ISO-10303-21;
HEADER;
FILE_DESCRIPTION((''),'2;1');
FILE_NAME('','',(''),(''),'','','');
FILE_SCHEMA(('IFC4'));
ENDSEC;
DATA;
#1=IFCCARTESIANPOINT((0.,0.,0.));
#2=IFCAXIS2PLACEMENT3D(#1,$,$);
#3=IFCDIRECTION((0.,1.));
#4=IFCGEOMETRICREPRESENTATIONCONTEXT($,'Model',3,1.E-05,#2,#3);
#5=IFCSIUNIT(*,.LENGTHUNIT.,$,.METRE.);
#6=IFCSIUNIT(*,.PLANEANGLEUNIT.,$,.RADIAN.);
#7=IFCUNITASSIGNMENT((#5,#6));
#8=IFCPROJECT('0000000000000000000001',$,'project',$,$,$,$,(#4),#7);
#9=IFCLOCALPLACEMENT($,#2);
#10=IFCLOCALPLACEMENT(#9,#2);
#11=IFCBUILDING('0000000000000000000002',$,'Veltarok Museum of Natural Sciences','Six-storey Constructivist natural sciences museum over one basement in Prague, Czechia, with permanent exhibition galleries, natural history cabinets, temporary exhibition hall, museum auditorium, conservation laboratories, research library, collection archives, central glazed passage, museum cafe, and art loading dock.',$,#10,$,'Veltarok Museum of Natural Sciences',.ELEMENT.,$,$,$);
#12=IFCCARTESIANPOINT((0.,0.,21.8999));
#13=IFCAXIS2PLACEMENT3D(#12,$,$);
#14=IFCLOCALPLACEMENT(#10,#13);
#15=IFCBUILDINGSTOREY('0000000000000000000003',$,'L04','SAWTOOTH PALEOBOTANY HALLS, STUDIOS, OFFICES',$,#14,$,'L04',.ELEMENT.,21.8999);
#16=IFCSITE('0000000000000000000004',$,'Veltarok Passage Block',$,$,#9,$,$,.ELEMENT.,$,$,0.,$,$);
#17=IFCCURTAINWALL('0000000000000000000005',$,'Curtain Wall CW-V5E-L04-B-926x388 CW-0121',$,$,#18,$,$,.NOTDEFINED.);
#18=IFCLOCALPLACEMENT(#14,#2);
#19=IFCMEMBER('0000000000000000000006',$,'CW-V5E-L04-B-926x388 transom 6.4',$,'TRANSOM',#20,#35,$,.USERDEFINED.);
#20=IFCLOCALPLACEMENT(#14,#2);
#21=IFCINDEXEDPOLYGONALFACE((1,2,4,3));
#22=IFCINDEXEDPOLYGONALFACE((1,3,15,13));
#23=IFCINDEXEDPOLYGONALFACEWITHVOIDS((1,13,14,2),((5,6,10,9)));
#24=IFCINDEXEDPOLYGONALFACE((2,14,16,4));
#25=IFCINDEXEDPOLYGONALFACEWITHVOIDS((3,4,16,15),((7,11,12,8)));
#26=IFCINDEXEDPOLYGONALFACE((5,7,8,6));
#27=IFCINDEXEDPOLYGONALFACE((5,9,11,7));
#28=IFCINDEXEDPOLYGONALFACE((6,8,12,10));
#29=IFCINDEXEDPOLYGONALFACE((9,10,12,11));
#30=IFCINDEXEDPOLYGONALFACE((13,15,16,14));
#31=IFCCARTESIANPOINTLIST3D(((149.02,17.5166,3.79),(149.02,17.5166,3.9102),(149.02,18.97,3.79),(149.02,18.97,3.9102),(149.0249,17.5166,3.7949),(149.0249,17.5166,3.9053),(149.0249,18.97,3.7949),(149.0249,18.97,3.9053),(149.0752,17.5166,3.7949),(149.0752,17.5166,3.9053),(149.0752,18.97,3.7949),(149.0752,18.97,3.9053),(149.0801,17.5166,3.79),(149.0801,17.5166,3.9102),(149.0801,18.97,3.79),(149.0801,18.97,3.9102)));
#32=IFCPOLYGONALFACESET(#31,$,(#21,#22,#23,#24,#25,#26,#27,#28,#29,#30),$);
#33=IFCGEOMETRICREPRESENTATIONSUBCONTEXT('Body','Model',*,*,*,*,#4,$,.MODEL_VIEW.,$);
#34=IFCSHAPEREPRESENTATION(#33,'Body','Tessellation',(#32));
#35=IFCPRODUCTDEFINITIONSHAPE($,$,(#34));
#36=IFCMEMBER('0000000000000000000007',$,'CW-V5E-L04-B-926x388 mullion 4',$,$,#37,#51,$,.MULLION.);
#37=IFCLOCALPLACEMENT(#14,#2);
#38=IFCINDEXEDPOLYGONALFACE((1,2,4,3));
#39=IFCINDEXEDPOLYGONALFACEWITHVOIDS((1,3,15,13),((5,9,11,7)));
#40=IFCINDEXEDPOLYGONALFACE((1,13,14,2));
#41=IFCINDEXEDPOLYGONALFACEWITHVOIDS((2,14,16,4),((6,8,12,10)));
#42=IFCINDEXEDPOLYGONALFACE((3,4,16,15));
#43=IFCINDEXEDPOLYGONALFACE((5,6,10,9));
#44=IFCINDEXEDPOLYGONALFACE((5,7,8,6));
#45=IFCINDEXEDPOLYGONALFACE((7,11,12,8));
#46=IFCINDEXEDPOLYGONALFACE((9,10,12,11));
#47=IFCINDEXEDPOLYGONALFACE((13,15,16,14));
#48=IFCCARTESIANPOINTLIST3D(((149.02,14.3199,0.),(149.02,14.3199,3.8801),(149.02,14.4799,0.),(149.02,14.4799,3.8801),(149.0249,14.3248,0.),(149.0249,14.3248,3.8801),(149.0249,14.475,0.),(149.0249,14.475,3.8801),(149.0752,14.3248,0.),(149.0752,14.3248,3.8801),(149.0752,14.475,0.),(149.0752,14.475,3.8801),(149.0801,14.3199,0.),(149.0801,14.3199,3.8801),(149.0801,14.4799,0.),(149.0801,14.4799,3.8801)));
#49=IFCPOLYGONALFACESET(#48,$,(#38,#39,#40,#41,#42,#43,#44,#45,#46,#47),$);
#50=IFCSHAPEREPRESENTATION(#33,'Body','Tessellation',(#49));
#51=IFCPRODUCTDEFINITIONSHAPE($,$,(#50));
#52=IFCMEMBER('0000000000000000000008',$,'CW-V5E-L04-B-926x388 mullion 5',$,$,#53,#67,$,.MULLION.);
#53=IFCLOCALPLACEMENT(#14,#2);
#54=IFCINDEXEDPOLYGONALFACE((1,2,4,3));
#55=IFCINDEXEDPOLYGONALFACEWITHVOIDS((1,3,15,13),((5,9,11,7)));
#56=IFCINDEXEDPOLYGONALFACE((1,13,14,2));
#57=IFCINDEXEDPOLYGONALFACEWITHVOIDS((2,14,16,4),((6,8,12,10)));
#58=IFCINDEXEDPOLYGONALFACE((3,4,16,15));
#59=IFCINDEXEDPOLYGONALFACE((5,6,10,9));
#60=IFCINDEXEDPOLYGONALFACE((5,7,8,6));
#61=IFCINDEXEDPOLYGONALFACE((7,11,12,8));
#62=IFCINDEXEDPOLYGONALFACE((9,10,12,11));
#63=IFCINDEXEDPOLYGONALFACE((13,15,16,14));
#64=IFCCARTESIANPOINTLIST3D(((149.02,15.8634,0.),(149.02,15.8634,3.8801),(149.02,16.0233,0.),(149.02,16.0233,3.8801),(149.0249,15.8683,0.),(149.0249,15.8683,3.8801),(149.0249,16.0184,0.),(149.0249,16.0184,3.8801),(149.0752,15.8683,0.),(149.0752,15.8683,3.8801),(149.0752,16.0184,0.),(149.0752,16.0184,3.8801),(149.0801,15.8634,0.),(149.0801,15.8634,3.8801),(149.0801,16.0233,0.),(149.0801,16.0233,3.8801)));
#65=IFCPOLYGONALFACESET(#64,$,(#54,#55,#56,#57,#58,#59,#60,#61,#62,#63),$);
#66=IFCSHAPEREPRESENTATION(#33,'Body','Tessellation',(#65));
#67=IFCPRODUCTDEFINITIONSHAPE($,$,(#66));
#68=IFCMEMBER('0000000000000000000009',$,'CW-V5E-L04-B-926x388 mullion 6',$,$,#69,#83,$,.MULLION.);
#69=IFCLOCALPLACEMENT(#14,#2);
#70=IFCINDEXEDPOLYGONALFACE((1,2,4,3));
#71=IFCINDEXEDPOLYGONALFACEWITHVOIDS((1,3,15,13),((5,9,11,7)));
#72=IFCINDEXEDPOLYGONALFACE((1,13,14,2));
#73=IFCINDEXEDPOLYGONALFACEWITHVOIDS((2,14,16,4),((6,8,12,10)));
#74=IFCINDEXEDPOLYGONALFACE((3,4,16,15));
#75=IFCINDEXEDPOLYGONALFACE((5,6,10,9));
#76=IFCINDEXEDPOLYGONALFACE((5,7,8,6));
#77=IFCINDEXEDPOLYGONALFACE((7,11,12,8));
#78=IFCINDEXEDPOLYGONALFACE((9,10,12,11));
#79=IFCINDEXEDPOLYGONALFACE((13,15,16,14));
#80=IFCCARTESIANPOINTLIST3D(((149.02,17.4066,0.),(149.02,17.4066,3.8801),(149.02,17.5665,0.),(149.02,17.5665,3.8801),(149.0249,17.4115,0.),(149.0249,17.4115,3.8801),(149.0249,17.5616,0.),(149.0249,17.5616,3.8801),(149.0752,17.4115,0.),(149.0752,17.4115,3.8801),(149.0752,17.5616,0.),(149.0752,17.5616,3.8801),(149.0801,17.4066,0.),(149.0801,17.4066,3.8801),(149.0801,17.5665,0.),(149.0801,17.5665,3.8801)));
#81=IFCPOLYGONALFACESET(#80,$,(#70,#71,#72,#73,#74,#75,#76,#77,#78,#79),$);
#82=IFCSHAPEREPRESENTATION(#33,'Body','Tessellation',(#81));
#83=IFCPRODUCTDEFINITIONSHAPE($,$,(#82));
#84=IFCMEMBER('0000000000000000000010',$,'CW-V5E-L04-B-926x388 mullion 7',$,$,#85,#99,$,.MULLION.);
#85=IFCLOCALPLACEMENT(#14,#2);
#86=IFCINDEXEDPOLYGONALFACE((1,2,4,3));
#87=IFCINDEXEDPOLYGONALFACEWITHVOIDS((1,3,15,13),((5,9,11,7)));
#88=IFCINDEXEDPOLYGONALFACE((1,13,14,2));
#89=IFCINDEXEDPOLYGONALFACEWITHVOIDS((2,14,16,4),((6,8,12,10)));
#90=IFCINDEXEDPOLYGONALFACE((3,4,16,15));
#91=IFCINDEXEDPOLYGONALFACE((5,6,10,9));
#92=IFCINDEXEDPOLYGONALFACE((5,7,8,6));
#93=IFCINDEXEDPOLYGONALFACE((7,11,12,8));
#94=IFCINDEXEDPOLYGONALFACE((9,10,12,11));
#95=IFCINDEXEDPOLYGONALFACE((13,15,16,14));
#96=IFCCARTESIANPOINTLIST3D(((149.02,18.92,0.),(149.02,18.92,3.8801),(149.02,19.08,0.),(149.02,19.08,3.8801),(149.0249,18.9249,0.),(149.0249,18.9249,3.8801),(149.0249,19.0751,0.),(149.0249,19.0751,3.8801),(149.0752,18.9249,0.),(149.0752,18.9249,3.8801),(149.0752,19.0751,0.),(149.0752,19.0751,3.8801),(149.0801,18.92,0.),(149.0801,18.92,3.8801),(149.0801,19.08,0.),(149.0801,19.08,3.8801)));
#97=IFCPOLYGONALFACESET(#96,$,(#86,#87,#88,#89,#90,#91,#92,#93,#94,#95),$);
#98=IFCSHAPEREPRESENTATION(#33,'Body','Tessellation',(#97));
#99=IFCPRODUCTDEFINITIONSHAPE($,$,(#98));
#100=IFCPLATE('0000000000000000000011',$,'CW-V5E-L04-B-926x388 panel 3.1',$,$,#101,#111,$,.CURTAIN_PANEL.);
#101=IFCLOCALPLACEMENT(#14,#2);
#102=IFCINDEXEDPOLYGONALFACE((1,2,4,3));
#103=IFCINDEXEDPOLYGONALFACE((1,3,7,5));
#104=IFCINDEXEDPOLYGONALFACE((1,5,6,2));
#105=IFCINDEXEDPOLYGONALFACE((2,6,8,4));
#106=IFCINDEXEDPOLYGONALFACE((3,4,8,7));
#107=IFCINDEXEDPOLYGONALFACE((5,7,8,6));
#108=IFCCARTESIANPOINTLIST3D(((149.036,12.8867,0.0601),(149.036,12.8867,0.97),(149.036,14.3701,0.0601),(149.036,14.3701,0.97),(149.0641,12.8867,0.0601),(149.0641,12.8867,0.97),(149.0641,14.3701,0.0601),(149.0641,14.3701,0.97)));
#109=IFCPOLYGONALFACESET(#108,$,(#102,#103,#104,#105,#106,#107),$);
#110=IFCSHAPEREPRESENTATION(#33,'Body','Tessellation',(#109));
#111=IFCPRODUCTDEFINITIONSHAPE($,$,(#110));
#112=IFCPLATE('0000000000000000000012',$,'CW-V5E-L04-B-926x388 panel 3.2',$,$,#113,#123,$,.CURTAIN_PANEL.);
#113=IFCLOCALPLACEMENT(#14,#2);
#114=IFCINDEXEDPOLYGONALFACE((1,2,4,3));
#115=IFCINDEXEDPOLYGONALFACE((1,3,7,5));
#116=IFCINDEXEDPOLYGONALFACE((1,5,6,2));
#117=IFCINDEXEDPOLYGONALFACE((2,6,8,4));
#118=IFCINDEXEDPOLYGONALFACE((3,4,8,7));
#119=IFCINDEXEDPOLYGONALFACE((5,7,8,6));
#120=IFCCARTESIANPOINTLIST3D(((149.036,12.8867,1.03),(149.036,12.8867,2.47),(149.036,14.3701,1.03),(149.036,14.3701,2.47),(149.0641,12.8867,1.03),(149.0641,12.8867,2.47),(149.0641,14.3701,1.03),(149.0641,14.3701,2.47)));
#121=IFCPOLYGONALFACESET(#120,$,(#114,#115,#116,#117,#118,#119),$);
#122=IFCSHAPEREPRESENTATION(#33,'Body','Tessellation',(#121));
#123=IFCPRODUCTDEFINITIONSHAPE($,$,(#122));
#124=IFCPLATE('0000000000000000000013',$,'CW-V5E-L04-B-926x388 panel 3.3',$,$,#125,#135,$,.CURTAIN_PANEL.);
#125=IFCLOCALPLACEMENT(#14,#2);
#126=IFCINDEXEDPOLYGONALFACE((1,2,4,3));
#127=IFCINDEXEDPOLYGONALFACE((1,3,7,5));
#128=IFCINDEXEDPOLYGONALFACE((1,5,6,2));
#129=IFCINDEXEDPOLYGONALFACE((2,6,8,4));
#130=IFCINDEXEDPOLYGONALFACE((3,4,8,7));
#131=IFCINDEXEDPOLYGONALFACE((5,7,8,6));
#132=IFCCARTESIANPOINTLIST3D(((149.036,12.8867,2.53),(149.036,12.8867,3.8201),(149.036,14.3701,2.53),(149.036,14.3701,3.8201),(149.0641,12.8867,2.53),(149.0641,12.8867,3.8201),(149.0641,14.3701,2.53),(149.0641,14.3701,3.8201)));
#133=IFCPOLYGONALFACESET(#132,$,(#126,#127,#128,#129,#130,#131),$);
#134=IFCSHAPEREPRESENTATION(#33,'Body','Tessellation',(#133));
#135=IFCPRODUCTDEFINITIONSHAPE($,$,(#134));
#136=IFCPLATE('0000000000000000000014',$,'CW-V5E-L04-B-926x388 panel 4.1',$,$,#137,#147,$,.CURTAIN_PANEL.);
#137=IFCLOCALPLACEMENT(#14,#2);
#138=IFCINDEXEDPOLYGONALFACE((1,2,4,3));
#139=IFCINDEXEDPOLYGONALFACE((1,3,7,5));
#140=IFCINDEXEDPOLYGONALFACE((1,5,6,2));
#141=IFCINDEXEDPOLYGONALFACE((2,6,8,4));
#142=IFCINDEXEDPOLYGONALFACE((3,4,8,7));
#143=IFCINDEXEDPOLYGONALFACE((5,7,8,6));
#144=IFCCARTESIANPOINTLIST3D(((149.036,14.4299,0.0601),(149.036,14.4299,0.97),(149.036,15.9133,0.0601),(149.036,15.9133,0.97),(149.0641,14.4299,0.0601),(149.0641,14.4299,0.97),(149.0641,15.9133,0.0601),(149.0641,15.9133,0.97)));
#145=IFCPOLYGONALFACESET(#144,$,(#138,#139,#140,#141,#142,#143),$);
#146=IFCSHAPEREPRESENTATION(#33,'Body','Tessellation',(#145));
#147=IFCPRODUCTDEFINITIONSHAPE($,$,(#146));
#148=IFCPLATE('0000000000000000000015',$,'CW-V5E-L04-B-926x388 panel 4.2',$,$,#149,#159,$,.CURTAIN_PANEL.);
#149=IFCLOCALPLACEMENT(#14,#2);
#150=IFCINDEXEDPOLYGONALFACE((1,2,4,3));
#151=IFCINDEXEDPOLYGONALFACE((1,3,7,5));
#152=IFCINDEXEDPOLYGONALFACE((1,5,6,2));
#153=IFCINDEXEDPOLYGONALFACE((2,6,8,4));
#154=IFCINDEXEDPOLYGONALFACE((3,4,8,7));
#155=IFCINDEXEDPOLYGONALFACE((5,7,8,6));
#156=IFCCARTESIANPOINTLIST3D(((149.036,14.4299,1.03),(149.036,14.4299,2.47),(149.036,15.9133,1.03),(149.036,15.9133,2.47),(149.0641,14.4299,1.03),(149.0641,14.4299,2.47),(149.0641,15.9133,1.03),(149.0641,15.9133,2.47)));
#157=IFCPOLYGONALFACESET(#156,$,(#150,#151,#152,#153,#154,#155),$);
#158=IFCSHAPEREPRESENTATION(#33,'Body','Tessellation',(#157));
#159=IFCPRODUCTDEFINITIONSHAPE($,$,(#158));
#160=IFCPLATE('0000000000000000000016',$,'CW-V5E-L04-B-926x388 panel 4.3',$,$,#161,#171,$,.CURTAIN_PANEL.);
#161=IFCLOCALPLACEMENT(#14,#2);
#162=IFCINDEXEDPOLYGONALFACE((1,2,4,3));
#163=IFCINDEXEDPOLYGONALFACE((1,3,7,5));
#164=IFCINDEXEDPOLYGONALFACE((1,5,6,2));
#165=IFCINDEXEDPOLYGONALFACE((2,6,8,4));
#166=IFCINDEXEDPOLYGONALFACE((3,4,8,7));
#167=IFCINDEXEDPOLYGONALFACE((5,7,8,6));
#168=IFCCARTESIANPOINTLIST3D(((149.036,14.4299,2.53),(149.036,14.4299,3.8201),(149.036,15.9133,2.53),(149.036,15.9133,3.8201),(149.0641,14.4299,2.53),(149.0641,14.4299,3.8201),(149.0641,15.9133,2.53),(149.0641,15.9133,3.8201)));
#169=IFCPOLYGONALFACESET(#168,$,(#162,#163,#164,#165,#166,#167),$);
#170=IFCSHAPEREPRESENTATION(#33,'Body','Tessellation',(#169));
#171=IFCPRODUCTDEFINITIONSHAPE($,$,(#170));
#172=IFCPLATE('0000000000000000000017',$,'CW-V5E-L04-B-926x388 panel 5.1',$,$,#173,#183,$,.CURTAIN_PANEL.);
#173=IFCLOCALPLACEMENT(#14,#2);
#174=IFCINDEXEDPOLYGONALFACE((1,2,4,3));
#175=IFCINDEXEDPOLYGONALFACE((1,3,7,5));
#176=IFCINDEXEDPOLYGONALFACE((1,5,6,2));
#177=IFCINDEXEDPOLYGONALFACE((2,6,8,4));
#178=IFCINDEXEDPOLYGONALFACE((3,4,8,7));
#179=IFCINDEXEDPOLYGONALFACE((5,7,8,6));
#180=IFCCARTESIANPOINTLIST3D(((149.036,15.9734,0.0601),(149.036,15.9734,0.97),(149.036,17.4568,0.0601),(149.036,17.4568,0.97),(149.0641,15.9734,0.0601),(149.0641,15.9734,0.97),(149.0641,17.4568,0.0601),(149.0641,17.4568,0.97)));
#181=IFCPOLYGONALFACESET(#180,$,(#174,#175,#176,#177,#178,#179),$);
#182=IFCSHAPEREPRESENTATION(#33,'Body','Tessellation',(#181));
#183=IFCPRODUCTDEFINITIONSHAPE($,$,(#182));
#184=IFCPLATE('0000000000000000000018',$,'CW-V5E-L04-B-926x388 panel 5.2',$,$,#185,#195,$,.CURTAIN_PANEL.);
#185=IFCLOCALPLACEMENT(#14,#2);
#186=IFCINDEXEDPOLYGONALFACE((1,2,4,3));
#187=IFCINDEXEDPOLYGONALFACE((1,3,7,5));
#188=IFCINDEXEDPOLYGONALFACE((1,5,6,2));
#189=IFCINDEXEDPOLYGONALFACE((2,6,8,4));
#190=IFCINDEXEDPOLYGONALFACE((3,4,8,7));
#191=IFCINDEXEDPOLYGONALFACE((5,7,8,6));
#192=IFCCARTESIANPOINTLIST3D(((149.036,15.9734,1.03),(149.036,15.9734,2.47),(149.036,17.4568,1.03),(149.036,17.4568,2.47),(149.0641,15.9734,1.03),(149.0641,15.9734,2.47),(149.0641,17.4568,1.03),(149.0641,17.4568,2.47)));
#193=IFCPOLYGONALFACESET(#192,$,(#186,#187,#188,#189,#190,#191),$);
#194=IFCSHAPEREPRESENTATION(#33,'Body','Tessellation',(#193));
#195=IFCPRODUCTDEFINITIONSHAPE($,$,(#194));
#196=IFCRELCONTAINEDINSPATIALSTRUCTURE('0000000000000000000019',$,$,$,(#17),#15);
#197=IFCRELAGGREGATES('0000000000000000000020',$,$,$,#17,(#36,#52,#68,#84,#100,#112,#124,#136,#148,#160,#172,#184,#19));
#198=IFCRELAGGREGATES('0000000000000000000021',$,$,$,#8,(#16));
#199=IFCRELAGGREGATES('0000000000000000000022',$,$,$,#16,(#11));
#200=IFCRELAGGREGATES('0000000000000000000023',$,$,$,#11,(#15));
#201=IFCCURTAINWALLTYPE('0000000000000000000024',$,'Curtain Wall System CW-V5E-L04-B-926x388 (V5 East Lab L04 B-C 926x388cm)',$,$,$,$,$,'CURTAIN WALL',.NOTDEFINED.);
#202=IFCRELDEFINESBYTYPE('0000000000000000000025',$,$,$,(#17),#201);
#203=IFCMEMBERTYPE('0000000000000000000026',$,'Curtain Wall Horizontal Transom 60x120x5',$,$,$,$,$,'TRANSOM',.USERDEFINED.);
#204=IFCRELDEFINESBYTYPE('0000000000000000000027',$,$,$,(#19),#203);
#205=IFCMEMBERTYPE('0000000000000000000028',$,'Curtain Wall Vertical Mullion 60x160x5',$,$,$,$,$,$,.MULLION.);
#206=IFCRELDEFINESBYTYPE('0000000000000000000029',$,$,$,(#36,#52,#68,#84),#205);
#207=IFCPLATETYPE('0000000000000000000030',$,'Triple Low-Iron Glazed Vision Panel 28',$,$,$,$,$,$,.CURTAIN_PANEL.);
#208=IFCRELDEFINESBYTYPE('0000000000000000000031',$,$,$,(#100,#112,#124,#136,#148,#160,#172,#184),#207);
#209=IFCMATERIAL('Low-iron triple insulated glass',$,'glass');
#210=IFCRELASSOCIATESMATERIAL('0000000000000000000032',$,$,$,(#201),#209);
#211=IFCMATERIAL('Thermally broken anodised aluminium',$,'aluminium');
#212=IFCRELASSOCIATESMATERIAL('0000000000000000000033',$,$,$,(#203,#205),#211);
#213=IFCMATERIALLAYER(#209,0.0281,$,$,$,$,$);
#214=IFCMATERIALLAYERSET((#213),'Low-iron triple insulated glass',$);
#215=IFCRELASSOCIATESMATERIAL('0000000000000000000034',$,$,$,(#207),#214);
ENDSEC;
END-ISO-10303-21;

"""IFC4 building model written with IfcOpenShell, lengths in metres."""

from ifc_helpers import new_model, si_unit, direction, frame, origin, origin_2d, place, context, subcontext, project, spatial, rectangle, hollow_rectangle, extrude, material, layer, layer_set, material_profile, profile_set, type_object, element, aggregate, save


model = new_model("IFC4")

# Units and contexts
model_context = context("Model", 3, precision=1e-05, world=origin(), true_north=direction((0.0, 1.0)))
body_context = subcontext(model_context, "Body", "Model", "MODEL_VIEW")
ifc_project = project(units=[si_unit("LENGTHUNIT", "METRE"), si_unit("PLANEANGLEUNIT", "RADIAN")], contexts=[model_context])

# Site, building, storey
site_placement = place(None, origin())
site = spatial("IfcSite", under=ifc_project, at=site_placement, Name="Veltarok Passage Block", CompositionType="ELEMENT", RefElevation=0.0)
building_placement = place(site_placement, origin())
building = spatial("IfcBuilding", under=site, at=building_placement, Name="Veltarok Museum of Natural Sciences", Description="Six-storey Constructivist natural sciences museum over one basement in Prague, Czechia, with permanent exhibition galleries, natural history cabinets, temporary exhibition hall, museum auditorium, conservation laboratories, research library, collection archives, central glazed passage, museum cafe, and art loading dock.", LongName="Veltarok Museum of Natural Sciences", CompositionType="ELEMENT")
storey_placement = place(building_placement, frame((0.0, 0.0, 21.8999)))
storey = spatial("IfcBuildingStorey", under=building, at=storey_placement, Name="L04", Description="SAWTOOTH PALEOBOTANY HALLS, STUDIOS, OFFICES", LongName="L04", CompositionType="ELEMENT", Elevation=21.8999)

# Curtain wall, members, plates
ifc_material_1 = material(Name="Low-iron triple insulated glass", Category="glass")
curtain_wall_type = type_object("IfcCurtainWallType", Name="Curtain Wall System CW-V5E-L04-B-926x388 (V5 East Lab L04 B-C 926x388cm)", ElementType="CURTAIN WALL", PredefinedType="NOTDEFINED", material=ifc_material_1)
curtain_wall_placement = place(storey_placement, origin())
curtain_wall = element("IfcCurtainWall", 1, at=curtain_wall_placement, inside=storey, type_object=curtain_wall_type, Name="Curtain Wall CW-V5E-L04-B-926x388 CW-0121", PredefinedType="NOTDEFINED")
ifc_material_2 = material(Name="Thermally broken anodised aluminium", Category="aluminium")
ifc_material_profile_1 = material_profile(ifc_material_2, hollow_rectangle(XDim=0.0601, YDim=0.1201, WallThickness=0.0049, at=origin_2d()), Name="CW TRANSOM 60x120x5")
ifc_profile_set_1 = profile_set([ifc_material_profile_1], Name="Thermally broken anodised aluminium")
member_type_1 = type_object("IfcMemberType", Name="Curtain Wall Horizontal Transom 60x120x5", ElementType="TRANSOM", PredefinedType="USERDEFINED", material=ifc_profile_set_1)
member_1_placement = place(storey_placement, frame((149.05, 17.5166, 3.8501), z_axis=(0.0, 1.0, 0.0), x_axis=(-1.0, 0.0, 0.0)))
member_1 = element("IfcMember", 2, at=member_1_placement, type_object=member_type_1, Name="CW-V5E-L04-B-926x388 transom 6.4", ObjectType="TRANSOM", PredefinedType="USERDEFINED", context=body_context, shape_type="SweptSolid", body=[
    extrude(hollow_rectangle(XDim=0.0601, YDim=0.1201, WallThickness=0.0049, at=origin_2d()), origin(), (0.0, 0.0, 1.0), 1.4534),
])
ifc_material_profile_2 = material_profile(ifc_material_2, hollow_rectangle(XDim=0.0601, YDim=0.1599, WallThickness=0.0049, at=origin_2d()), Name="CW MULLION 60x160x5")
ifc_profile_set_2 = profile_set([ifc_material_profile_2], Name="Thermally broken anodised aluminium")
member_type_2 = type_object("IfcMemberType", Name="Curtain Wall Vertical Mullion 60x160x5", PredefinedType="MULLION", material=ifc_profile_set_2)
member_2_placement = place(storey_placement, frame((149.05, 14.3999, 0.0), z_axis=(0.0, 0.0, 1.0), x_axis=(-1.0, 0.0, 0.0)))
member_2 = element("IfcMember", 3, at=member_2_placement, type_object=member_type_2, Name="CW-V5E-L04-B-926x388 mullion 4", PredefinedType="MULLION", context=body_context, shape_type="SweptSolid", body=[
    extrude(hollow_rectangle(XDim=0.0601, YDim=0.1599, WallThickness=0.0049, at=origin_2d()), origin(), (0.0, 0.0, 1.0), 3.8801),
])
member_3_placement = place(storey_placement, frame((149.05, 15.9434, 0.0), z_axis=(0.0, 0.0, 1.0), x_axis=(-1.0, 0.0, 0.0)))
member_3 = element("IfcMember", 4, at=member_3_placement, type_object=member_type_2, Name="CW-V5E-L04-B-926x388 mullion 5", PredefinedType="MULLION", context=body_context, shape_type="SweptSolid", body=[
    extrude(hollow_rectangle(XDim=0.0601, YDim=0.1599, WallThickness=0.0049, at=origin_2d()), origin(), (0.0, 0.0, 1.0), 3.8801),
])
member_4_placement = place(storey_placement, frame((149.05, 17.4866, 0.0), z_axis=(0.0, 0.0, 1.0), x_axis=(-1.0, 0.0, 0.0)))
member_4 = element("IfcMember", 5, at=member_4_placement, type_object=member_type_2, Name="CW-V5E-L04-B-926x388 mullion 6", PredefinedType="MULLION", context=body_context, shape_type="SweptSolid", body=[
    extrude(hollow_rectangle(XDim=0.0601, YDim=0.1599, WallThickness=0.0049, at=origin_2d()), origin(), (0.0, 0.0, 1.0), 3.8801),
])
member_5_placement = place(storey_placement, frame((149.05, 19.0, 0.0), z_axis=(0.0, 0.0, 1.0), x_axis=(-1.0, 0.0, 0.0)))
member_5 = element("IfcMember", 6, at=member_5_placement, type_object=member_type_2, Name="CW-V5E-L04-B-926x388 mullion 7", PredefinedType="MULLION", context=body_context, shape_type="SweptSolid", body=[
    extrude(hollow_rectangle(XDim=0.0601, YDim=0.1599, WallThickness=0.0049, at=origin_2d()), origin(), (0.0, 0.0, 1.0), 3.8801),
])
ifc_layer = layer(ifc_material_1, 0.0281)
ifc_layer_set = layer_set([ifc_layer], Name="Low-iron triple insulated glass")
plate_type = type_object("IfcPlateType", Name="Triple Low-Iron Glazed Vision Panel 28", PredefinedType="CURTAIN_PANEL", material=ifc_layer_set)
plate_1_placement = place(storey_placement, frame((149.05, 13.6284, 0.0601), z_axis=(0.0, 0.0, 1.0), x_axis=(0.0, 1.0, 0.0)))
plate_1 = element("IfcPlate", 7, at=plate_1_placement, type_object=plate_type, Name="CW-V5E-L04-B-926x388 panel 3.1", PredefinedType="CURTAIN_PANEL", context=body_context, shape_type="SweptSolid", body=[
    extrude(rectangle(XDim=1.4834, YDim=0.0281, at=origin_2d()), origin(), (0.0, 0.0, 1.0), 0.9099),
])
plate_2_placement = place(storey_placement, frame((149.05, 13.6284, 1.03), z_axis=(0.0, 0.0, 1.0), x_axis=(0.0, 1.0, 0.0)))
plate_2 = element("IfcPlate", 8, at=plate_2_placement, type_object=plate_type, Name="CW-V5E-L04-B-926x388 panel 3.2", PredefinedType="CURTAIN_PANEL", context=body_context, shape_type="SweptSolid", body=[
    extrude(rectangle(XDim=1.4834, YDim=0.0281, at=origin_2d()), origin(), (0.0, 0.0, 1.0), 1.4399),
])
plate_3_placement = place(storey_placement, frame((149.05, 13.6284, 2.53), z_axis=(0.0, 0.0, 1.0), x_axis=(0.0, 1.0, 0.0)))
plate_3 = element("IfcPlate", 9, at=plate_3_placement, type_object=plate_type, Name="CW-V5E-L04-B-926x388 panel 3.3", PredefinedType="CURTAIN_PANEL", context=body_context, shape_type="SweptSolid", body=[
    extrude(rectangle(XDim=1.4834, YDim=0.0281, at=origin_2d()), origin(), (0.0, 0.0, 1.0), 1.29),
])
plate_4_placement = place(storey_placement, frame((149.05, 15.1716, 0.0601), z_axis=(0.0, 0.0, 1.0), x_axis=(0.0, 1.0, 0.0)))
plate_4 = element("IfcPlate", 10, at=plate_4_placement, type_object=plate_type, Name="CW-V5E-L04-B-926x388 panel 4.1", PredefinedType="CURTAIN_PANEL", context=body_context, shape_type="SweptSolid", body=[
    extrude(rectangle(XDim=1.4834, YDim=0.0281, at=origin_2d()), origin(), (0.0, 0.0, 1.0), 0.9099),
])
plate_5_placement = place(storey_placement, frame((149.05, 15.1716, 1.03), z_axis=(0.0, 0.0, 1.0), x_axis=(0.0, 1.0, 0.0)))
plate_5 = element("IfcPlate", 11, at=plate_5_placement, type_object=plate_type, Name="CW-V5E-L04-B-926x388 panel 4.2", PredefinedType="CURTAIN_PANEL", context=body_context, shape_type="SweptSolid", body=[
    extrude(rectangle(XDim=1.4834, YDim=0.0281, at=origin_2d()), origin(), (0.0, 0.0, 1.0), 1.4399),
])
plate_6_placement = place(storey_placement, frame((149.05, 15.1716, 2.53), z_axis=(0.0, 0.0, 1.0), x_axis=(0.0, 1.0, 0.0)))
plate_6 = element("IfcPlate", 12, at=plate_6_placement, type_object=plate_type, Name="CW-V5E-L04-B-926x388 panel 4.3", PredefinedType="CURTAIN_PANEL", context=body_context, shape_type="SweptSolid", body=[
    extrude(rectangle(XDim=1.4834, YDim=0.0281, at=origin_2d()), origin(), (0.0, 0.0, 1.0), 1.29),
])
plate_7_placement = place(storey_placement, frame((149.05, 16.7151, 0.0601), z_axis=(0.0, 0.0, 1.0), x_axis=(0.0, 1.0, 0.0)))
plate_7 = element("IfcPlate", 13, at=plate_7_placement, type_object=plate_type, Name="CW-V5E-L04-B-926x388 panel 5.1", PredefinedType="CURTAIN_PANEL", context=body_context, shape_type="SweptSolid", body=[
    extrude(rectangle(XDim=1.4834, YDim=0.0281, at=origin_2d()), origin(), (0.0, 0.0, 1.0), 0.9099),
])
plate_8_placement = place(storey_placement, frame((149.05, 16.7151, 1.03), z_axis=(0.0, 0.0, 1.0), x_axis=(0.0, 1.0, 0.0)))
plate_8 = element("IfcPlate", 14, at=plate_8_placement, type_object=plate_type, Name="CW-V5E-L04-B-926x388 panel 5.2", PredefinedType="CURTAIN_PANEL", context=body_context, shape_type="SweptSolid", body=[
    extrude(rectangle(XDim=1.4834, YDim=0.0281, at=origin_2d()), origin(), (0.0, 0.0, 1.0), 1.4399),
])
aggregate(curtain_wall, [member_2, member_3, member_4, member_5, plate_1, plate_2, plate_3, plate_4, plate_5, plate_6, plate_7, plate_8, member_1])

save(model, "model.ifc")
